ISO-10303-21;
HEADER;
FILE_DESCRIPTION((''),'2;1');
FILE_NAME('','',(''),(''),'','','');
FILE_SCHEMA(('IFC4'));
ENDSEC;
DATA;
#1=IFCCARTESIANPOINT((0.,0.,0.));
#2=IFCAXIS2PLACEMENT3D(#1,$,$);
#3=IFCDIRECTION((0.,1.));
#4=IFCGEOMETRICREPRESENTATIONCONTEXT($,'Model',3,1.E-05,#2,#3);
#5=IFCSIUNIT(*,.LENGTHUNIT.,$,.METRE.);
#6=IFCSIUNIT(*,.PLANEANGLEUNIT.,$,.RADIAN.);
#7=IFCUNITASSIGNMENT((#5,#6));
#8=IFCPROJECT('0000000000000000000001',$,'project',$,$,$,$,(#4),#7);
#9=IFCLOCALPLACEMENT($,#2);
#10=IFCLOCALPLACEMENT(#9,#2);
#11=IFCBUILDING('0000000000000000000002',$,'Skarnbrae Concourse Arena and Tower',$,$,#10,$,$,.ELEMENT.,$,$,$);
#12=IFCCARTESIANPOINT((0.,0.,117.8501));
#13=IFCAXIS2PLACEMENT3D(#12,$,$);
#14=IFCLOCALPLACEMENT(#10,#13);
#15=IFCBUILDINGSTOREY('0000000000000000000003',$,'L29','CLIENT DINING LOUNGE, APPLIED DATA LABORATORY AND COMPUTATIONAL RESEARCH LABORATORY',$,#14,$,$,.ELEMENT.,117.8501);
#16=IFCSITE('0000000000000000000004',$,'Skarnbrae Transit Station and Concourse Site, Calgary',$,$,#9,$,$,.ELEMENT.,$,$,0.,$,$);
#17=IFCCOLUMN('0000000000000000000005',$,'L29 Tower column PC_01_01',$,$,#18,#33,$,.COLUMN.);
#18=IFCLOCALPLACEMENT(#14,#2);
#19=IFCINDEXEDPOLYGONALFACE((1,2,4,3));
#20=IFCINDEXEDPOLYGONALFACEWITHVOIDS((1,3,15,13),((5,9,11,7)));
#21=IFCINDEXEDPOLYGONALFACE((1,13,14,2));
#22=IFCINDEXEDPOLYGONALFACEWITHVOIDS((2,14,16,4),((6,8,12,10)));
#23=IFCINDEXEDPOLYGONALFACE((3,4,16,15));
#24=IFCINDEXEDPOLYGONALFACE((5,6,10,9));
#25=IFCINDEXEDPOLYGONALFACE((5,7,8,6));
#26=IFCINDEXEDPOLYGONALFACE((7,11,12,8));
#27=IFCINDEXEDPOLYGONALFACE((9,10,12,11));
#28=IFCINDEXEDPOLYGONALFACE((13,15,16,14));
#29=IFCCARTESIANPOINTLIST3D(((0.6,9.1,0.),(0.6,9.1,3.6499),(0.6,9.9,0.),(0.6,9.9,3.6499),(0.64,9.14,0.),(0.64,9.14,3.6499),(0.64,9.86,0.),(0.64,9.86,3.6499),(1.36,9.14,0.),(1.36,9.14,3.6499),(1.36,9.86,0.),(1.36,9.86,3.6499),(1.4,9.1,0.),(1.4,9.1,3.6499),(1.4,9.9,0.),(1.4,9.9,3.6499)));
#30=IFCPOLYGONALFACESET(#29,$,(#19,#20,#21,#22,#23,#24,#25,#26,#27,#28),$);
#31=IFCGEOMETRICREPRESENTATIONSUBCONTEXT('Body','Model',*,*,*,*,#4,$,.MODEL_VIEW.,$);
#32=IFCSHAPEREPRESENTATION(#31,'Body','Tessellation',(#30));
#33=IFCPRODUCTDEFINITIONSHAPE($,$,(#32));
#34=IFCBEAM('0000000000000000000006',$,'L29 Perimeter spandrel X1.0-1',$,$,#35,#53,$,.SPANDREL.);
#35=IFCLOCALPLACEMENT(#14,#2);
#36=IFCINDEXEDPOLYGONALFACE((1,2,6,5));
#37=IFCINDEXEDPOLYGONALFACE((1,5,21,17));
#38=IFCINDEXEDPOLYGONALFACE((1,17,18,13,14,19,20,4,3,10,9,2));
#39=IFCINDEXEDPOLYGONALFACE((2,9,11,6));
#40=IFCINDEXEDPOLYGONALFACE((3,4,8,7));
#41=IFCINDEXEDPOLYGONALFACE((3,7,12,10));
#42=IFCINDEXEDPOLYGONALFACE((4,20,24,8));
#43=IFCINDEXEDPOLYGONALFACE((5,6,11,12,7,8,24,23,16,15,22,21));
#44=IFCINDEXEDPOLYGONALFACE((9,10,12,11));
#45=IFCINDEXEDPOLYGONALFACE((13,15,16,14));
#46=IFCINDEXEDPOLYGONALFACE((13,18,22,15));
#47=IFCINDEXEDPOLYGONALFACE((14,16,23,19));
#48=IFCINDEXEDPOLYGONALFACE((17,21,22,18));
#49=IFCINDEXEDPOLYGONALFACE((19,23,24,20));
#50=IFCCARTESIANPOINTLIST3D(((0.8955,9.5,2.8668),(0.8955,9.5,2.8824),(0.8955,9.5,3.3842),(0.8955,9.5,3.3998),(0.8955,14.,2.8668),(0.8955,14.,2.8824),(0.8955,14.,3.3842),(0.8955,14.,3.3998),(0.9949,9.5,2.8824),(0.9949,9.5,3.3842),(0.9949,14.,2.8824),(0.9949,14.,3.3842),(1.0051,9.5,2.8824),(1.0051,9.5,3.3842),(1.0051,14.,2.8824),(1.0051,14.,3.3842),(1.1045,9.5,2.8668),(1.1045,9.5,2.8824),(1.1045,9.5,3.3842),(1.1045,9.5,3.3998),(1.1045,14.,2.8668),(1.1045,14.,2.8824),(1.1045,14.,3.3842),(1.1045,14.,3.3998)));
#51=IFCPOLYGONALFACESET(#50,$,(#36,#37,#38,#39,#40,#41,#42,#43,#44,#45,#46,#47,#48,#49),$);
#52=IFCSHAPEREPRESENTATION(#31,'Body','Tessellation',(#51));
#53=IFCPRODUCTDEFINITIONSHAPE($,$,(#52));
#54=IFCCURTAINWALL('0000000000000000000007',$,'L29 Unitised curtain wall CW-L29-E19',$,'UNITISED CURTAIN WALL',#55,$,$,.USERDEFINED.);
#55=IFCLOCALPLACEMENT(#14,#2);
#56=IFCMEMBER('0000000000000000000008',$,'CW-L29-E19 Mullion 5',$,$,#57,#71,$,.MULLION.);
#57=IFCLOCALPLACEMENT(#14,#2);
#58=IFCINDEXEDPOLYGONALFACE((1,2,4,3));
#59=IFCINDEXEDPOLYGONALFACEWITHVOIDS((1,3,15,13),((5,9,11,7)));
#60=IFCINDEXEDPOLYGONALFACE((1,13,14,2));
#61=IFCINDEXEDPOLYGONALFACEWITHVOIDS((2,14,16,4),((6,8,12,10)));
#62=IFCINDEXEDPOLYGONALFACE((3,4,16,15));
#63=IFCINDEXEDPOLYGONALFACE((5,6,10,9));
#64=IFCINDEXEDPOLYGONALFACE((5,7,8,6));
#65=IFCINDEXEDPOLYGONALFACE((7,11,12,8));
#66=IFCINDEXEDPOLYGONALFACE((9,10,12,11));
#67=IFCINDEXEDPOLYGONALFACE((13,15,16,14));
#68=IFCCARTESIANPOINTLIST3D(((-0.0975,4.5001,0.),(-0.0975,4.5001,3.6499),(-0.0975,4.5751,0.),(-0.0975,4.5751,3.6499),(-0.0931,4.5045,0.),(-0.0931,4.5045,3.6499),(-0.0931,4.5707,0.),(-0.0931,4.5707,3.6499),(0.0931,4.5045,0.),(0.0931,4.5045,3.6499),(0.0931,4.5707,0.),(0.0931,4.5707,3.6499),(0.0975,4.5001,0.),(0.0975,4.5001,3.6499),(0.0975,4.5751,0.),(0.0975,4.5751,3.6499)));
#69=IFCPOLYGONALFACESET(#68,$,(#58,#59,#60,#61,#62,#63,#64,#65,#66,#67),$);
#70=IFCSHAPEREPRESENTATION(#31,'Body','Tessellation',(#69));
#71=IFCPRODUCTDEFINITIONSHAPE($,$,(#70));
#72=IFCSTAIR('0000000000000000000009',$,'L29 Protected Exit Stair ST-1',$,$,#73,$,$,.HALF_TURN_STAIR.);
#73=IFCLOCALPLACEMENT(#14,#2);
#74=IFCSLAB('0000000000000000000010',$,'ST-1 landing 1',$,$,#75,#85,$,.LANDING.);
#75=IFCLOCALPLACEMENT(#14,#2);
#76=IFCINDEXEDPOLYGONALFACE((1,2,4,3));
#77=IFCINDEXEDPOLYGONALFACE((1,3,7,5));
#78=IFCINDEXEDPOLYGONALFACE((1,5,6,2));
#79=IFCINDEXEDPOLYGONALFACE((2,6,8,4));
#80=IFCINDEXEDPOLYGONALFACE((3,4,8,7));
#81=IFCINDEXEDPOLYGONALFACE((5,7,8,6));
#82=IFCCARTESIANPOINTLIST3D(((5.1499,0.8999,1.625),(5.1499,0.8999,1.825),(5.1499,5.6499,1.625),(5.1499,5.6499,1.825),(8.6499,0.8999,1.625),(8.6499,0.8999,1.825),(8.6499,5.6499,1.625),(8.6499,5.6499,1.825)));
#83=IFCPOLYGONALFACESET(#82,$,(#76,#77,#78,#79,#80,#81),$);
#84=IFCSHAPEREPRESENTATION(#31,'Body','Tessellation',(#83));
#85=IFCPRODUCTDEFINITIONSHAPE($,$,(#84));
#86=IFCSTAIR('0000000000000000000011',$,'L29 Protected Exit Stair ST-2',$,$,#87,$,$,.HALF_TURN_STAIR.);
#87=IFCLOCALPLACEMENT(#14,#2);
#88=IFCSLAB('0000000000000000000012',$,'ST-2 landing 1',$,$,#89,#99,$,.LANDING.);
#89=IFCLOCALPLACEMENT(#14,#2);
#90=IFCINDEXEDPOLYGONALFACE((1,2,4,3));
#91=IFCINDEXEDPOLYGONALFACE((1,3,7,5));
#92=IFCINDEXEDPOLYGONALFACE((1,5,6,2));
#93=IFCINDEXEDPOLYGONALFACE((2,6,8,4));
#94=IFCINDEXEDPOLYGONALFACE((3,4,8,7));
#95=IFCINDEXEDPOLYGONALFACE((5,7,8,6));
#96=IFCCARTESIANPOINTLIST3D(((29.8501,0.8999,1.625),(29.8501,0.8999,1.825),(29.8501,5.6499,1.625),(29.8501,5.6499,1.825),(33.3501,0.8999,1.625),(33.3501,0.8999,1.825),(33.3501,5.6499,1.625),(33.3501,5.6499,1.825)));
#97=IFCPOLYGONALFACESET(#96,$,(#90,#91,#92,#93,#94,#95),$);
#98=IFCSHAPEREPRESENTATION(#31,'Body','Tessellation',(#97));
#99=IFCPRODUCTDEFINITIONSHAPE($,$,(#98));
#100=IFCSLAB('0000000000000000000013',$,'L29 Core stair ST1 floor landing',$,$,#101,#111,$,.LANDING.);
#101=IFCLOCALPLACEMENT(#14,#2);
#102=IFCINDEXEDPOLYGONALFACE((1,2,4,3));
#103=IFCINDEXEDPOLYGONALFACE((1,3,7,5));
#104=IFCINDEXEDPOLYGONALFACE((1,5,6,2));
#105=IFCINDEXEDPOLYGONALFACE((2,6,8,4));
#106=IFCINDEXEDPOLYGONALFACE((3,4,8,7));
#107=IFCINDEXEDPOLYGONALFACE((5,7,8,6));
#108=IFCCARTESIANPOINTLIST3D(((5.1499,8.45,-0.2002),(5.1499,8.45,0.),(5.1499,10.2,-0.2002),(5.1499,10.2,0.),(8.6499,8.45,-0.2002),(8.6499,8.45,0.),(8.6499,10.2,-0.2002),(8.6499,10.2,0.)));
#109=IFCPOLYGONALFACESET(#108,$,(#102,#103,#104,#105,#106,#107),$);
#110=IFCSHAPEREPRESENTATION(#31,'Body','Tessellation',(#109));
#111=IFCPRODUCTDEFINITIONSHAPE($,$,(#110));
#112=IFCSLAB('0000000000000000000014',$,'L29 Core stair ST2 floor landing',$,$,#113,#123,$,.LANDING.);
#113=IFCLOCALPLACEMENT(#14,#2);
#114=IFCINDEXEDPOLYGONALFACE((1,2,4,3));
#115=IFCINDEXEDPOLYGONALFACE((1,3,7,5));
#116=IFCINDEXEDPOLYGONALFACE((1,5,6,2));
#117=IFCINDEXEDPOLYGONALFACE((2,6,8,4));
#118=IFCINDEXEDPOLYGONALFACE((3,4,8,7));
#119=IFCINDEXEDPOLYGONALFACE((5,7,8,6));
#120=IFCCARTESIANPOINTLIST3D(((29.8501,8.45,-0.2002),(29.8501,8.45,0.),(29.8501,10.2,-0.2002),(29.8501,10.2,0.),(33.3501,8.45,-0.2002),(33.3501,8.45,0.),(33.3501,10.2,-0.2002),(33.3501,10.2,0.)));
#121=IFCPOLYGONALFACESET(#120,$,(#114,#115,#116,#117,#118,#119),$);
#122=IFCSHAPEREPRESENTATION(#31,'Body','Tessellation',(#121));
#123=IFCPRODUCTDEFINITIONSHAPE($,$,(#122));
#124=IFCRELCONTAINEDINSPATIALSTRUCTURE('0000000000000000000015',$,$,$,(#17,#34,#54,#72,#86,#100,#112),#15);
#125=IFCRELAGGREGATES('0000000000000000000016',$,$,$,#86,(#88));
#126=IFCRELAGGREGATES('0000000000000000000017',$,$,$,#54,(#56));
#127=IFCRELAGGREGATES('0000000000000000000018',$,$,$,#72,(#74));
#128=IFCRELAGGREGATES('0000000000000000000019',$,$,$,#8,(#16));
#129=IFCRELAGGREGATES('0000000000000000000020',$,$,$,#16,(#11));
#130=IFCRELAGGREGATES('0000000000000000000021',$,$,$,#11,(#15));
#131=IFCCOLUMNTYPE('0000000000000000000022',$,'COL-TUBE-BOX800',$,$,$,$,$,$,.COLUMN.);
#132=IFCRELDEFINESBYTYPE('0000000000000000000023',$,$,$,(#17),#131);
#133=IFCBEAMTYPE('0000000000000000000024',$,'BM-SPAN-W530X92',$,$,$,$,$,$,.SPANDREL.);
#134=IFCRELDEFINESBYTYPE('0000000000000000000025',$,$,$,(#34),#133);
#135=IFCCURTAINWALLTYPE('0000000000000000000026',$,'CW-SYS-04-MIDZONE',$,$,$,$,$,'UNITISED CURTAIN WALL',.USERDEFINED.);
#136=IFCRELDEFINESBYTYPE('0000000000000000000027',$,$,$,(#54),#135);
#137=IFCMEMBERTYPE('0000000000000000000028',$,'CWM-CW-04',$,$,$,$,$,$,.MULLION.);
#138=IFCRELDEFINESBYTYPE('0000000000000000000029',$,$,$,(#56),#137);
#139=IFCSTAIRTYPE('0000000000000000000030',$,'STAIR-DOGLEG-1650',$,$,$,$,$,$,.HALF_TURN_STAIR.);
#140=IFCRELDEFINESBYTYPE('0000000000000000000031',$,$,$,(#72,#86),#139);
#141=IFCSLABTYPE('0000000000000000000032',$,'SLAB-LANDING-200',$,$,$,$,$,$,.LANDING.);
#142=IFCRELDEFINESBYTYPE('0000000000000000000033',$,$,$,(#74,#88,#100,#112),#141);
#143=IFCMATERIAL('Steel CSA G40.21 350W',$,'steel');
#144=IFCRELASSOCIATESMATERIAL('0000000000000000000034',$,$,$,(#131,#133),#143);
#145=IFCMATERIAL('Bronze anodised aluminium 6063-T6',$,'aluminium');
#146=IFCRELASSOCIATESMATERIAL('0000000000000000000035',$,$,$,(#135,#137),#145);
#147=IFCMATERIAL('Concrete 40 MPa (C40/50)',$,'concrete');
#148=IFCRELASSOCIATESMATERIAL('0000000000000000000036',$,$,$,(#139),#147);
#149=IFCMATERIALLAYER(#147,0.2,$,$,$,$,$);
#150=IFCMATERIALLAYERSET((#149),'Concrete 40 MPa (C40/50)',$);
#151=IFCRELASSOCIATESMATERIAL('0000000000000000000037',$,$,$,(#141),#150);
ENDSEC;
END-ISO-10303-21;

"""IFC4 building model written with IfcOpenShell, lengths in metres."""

from ifc_helpers import new_model, si_unit, direction, frame, origin, origin_2d, place, context, subcontext, project, spatial, polyline, hollow_rectangle, i_section, outline, extrude, source, transform, mapped, material, layer, layer_set, material_profile, profile_set, type_object, element, aggregate, save


model = new_model("IFC4")

# Units and contexts
model_context = context("Model", 3, precision=1e-05, world=origin(), true_north=direction((0.0, 1.0)))
body_context = subcontext(model_context, "Body", "Model", "MODEL_VIEW")
ifc_project = project(units=[si_unit("LENGTHUNIT", "METRE"), si_unit("PLANEANGLEUNIT", "RADIAN")], contexts=[model_context])

# Site, building, storey
site_placement = place(None, origin())
site = spatial("IfcSite", under=ifc_project, at=site_placement, Name="Skarnbrae Transit Station and Concourse Site, Calgary", CompositionType="ELEMENT", RefElevation=0.0)
building_placement = place(site_placement, origin())
building = spatial("IfcBuilding", under=site, at=building_placement, Name="Skarnbrae Concourse Arena and Tower", CompositionType="ELEMENT")
storey_placement = place(building_placement, frame((0.0, 0.0, 117.8501)))
storey = spatial("IfcBuildingStorey", under=building, at=storey_placement, Name="L29", Description="CLIENT DINING LOUNGE, APPLIED DATA LABORATORY AND COMPUTATIONAL RESEARCH LABORATORY", CompositionType="ELEMENT", Elevation=117.8501)

# Column
ifc_material_1 = material(Name="Steel CSA G40.21 350W", Category="steel")
ifc_material_profile_1 = material_profile(ifc_material_1, hollow_rectangle(XDim=0.8, YDim=0.8, WallThickness=0.04, at=origin_2d()), Name="BOX800X800X40")
ifc_profile_set_1 = profile_set([ifc_material_profile_1], Name="Steel CSA G40.21 350W")
column_type = type_object("IfcColumnType", Name="COL-TUBE-BOX800", PredefinedType="COLUMN", material=ifc_profile_set_1)
shared_shape_1 = source(origin(), body_context, "Body", "SweptSolid", [
    extrude(hollow_rectangle(XDim=0.8, YDim=0.8, WallThickness=0.04, at=origin_2d()), origin(), (0.0, 0.0, 1.0), 3.6499),
])
column_placement = place(storey_placement, frame((1.0, 9.5, 0.0), z_axis=(0.0, 0.0, 1.0), x_axis=(1.0, 0.0, 0.0)))
element("IfcColumn", 1, at=column_placement, inside=storey, type_object=column_type, Name="L29 Tower column PC_01_01", PredefinedType="COLUMN", context=body_context, shape_type="MappedRepresentation", body=[
    mapped(shared_shape_1, transform((0.0, 0.0, 0.0))),
])

# Beam
ifc_material_profile_2 = material_profile(ifc_material_1, i_section(OverallWidth=0.209, OverallDepth=0.533, WebThickness=0.0103, FlangeThickness=0.0156, at=origin_2d()), Name="W530X92")
ifc_profile_set_2 = profile_set([ifc_material_profile_2], Name="Steel CSA G40.21 350W")
beam_type = type_object("IfcBeamType", Name="BM-SPAN-W530X92", PredefinedType="SPANDREL", material=ifc_profile_set_2)
shared_shape_2 = source(origin(), body_context, "Body", "SweptSolid", [
    extrude(i_section(OverallWidth=0.209, OverallDepth=0.533, WebThickness=0.0103, FlangeThickness=0.0156, at=origin_2d()), origin(), (0.0, 0.0, 1.0), 4.5),
])
beam_placement = place(storey_placement, frame((1.0, 9.5, 3.1333), z_axis=(0.0, 1.0, 0.0), x_axis=(-1.0, 0.0, 0.0)))
element("IfcBeam", 2, at=beam_placement, inside=storey, type_object=beam_type, Name="L29 Perimeter spandrel X1.0-1", PredefinedType="SPANDREL", context=body_context, shape_type="MappedRepresentation", body=[
    mapped(shared_shape_2, transform((0.0, 0.0, 0.0))),
])

# Curtain wall, member
ifc_material_2 = material(Name="Bronze anodised aluminium 6063-T6", Category="aluminium")
curtain_wall_type = type_object("IfcCurtainWallType", Name="CW-SYS-04-MIDZONE", ElementType="UNITISED CURTAIN WALL", PredefinedType="USERDEFINED", material=ifc_material_2)
curtain_wall_placement = place(storey_placement, origin())
curtain_wall = element("IfcCurtainWall", 3, at=curtain_wall_placement, inside=storey, type_object=curtain_wall_type, Name="L29 Unitised curtain wall CW-L29-E19", ObjectType="UNITISED CURTAIN WALL", PredefinedType="USERDEFINED")
ifc_material_profile_3 = material_profile(ifc_material_2, hollow_rectangle(XDim=0.075, YDim=0.1951, WallThickness=0.0044, at=origin_2d()), Name="ALU-MULL-75X195")
ifc_profile_set_3 = profile_set([ifc_material_profile_3], Name="Bronze anodised aluminium 6063-T6")
member_type = type_object("IfcMemberType", Name="CWM-CW-04", PredefinedType="MULLION", material=ifc_profile_set_3)
shared_shape_3 = source(origin(), body_context, "Body", "SweptSolid", [
    extrude(hollow_rectangle(XDim=0.075, YDim=0.1951, WallThickness=0.0044, at=origin_2d()), origin(), (0.0, 0.0, 1.0), 3.6499),
])
member_placement = place(storey_placement, frame((0.0, 4.5376, 0.0), z_axis=(0.0, 0.0, 1.0), x_axis=(0.0, -1.0, 0.0)))
member = element("IfcMember", 4, at=member_placement, type_object=member_type, Name="CW-L29-E19 Mullion 5", PredefinedType="MULLION", context=body_context, shape_type="MappedRepresentation", body=[
    mapped(shared_shape_3, transform((0.0, 0.0, 0.0))),
])

# Stairs, slabs
ifc_material_3 = material(Name="Concrete 40 MPa (C40/50)", Category="concrete")
stair_type = type_object("IfcStairType", Name="STAIR-DOGLEG-1650", PredefinedType="HALF_TURN_STAIR", material=ifc_material_3)
stair_1_placement = place(storey_placement, origin())
stair_1 = element("IfcStair", 5, at=stair_1_placement, inside=storey, type_object=stair_type, Name="L29 Protected Exit Stair ST-1", PredefinedType="HALF_TURN_STAIR")
ifc_layer_1 = layer(ifc_material_3, 0.2)
ifc_layer_set_1 = layer_set([ifc_layer_1], Name="Concrete 40 MPa (C40/50)")
slab_type_1 = type_object("IfcSlabType", Name="SLAB-LANDING-200", PredefinedType="LANDING", material=ifc_layer_set_1)
slab_1_placement = place(storey_placement, frame((0.0, 0.0, 1.625)))
slab_1 = element("IfcSlab", 6, at=slab_1_placement, type_object=slab_type_1, Name="ST-1 landing 1", PredefinedType="LANDING", context=body_context, shape_type="SweptSolid", body=[
    extrude(outline(polyline([(5.1499, 5.6499), (5.1499, 0.8999), (8.6499, 0.8999), (8.6499, 5.6499), (5.1499, 5.6499)])), origin(), (0.0, 0.0, 1.0), 0.2),
])
stair_2_placement = place(storey_placement, origin())
stair_2 = element("IfcStair", 7, at=stair_2_placement, inside=storey, type_object=stair_type, Name="L29 Protected Exit Stair ST-2", PredefinedType="HALF_TURN_STAIR")
slab_2_placement = place(storey_placement, frame((0.0, 0.0, 1.625)))
slab_2 = element("IfcSlab", 8, at=slab_2_placement, type_object=slab_type_1, Name="ST-2 landing 1", PredefinedType="LANDING", context=body_context, shape_type="SweptSolid", body=[
    extrude(outline(polyline([(29.8501, 5.6499), (29.8501, 0.8999), (33.3501, 0.8999), (33.3501, 5.6499), (29.8501, 5.6499)])), origin(), (0.0, 0.0, 1.0), 0.2),
])
aggregate(stair_2, [slab_2])

# Slabs
slab_3_placement = place(storey_placement, frame((0.0, 0.0, -0.2002)))
element("IfcSlab", 9, at=slab_3_placement, inside=storey, type_object=slab_type_1, Name="L29 Core stair ST1 floor landing", PredefinedType="LANDING", context=body_context, shape_type="SweptSolid", body=[
    extrude(outline(polyline([(5.1499, 10.2), (5.1499, 8.45), (8.6499, 8.45), (8.6499, 10.2), (5.1499, 10.2)])), origin(), (0.0, 0.0, 1.0), 0.2002),
])
slab_4_placement = place(storey_placement, frame((0.0, 0.0, -0.2002)))
element("IfcSlab", 10, at=slab_4_placement, inside=storey, type_object=slab_type_1, Name="L29 Core stair ST2 floor landing", PredefinedType="LANDING", context=body_context, shape_type="SweptSolid", body=[
    extrude(outline(polyline([(29.8501, 10.2), (29.8501, 8.45), (33.3501, 8.45), (33.3501, 10.2), (29.8501, 10.2)])), origin(), (0.0, 0.0, 1.0), 0.2002),
])

aggregate(curtain_wall, [member])

aggregate(stair_1, [slab_1])

save(model, "model.ifc")
